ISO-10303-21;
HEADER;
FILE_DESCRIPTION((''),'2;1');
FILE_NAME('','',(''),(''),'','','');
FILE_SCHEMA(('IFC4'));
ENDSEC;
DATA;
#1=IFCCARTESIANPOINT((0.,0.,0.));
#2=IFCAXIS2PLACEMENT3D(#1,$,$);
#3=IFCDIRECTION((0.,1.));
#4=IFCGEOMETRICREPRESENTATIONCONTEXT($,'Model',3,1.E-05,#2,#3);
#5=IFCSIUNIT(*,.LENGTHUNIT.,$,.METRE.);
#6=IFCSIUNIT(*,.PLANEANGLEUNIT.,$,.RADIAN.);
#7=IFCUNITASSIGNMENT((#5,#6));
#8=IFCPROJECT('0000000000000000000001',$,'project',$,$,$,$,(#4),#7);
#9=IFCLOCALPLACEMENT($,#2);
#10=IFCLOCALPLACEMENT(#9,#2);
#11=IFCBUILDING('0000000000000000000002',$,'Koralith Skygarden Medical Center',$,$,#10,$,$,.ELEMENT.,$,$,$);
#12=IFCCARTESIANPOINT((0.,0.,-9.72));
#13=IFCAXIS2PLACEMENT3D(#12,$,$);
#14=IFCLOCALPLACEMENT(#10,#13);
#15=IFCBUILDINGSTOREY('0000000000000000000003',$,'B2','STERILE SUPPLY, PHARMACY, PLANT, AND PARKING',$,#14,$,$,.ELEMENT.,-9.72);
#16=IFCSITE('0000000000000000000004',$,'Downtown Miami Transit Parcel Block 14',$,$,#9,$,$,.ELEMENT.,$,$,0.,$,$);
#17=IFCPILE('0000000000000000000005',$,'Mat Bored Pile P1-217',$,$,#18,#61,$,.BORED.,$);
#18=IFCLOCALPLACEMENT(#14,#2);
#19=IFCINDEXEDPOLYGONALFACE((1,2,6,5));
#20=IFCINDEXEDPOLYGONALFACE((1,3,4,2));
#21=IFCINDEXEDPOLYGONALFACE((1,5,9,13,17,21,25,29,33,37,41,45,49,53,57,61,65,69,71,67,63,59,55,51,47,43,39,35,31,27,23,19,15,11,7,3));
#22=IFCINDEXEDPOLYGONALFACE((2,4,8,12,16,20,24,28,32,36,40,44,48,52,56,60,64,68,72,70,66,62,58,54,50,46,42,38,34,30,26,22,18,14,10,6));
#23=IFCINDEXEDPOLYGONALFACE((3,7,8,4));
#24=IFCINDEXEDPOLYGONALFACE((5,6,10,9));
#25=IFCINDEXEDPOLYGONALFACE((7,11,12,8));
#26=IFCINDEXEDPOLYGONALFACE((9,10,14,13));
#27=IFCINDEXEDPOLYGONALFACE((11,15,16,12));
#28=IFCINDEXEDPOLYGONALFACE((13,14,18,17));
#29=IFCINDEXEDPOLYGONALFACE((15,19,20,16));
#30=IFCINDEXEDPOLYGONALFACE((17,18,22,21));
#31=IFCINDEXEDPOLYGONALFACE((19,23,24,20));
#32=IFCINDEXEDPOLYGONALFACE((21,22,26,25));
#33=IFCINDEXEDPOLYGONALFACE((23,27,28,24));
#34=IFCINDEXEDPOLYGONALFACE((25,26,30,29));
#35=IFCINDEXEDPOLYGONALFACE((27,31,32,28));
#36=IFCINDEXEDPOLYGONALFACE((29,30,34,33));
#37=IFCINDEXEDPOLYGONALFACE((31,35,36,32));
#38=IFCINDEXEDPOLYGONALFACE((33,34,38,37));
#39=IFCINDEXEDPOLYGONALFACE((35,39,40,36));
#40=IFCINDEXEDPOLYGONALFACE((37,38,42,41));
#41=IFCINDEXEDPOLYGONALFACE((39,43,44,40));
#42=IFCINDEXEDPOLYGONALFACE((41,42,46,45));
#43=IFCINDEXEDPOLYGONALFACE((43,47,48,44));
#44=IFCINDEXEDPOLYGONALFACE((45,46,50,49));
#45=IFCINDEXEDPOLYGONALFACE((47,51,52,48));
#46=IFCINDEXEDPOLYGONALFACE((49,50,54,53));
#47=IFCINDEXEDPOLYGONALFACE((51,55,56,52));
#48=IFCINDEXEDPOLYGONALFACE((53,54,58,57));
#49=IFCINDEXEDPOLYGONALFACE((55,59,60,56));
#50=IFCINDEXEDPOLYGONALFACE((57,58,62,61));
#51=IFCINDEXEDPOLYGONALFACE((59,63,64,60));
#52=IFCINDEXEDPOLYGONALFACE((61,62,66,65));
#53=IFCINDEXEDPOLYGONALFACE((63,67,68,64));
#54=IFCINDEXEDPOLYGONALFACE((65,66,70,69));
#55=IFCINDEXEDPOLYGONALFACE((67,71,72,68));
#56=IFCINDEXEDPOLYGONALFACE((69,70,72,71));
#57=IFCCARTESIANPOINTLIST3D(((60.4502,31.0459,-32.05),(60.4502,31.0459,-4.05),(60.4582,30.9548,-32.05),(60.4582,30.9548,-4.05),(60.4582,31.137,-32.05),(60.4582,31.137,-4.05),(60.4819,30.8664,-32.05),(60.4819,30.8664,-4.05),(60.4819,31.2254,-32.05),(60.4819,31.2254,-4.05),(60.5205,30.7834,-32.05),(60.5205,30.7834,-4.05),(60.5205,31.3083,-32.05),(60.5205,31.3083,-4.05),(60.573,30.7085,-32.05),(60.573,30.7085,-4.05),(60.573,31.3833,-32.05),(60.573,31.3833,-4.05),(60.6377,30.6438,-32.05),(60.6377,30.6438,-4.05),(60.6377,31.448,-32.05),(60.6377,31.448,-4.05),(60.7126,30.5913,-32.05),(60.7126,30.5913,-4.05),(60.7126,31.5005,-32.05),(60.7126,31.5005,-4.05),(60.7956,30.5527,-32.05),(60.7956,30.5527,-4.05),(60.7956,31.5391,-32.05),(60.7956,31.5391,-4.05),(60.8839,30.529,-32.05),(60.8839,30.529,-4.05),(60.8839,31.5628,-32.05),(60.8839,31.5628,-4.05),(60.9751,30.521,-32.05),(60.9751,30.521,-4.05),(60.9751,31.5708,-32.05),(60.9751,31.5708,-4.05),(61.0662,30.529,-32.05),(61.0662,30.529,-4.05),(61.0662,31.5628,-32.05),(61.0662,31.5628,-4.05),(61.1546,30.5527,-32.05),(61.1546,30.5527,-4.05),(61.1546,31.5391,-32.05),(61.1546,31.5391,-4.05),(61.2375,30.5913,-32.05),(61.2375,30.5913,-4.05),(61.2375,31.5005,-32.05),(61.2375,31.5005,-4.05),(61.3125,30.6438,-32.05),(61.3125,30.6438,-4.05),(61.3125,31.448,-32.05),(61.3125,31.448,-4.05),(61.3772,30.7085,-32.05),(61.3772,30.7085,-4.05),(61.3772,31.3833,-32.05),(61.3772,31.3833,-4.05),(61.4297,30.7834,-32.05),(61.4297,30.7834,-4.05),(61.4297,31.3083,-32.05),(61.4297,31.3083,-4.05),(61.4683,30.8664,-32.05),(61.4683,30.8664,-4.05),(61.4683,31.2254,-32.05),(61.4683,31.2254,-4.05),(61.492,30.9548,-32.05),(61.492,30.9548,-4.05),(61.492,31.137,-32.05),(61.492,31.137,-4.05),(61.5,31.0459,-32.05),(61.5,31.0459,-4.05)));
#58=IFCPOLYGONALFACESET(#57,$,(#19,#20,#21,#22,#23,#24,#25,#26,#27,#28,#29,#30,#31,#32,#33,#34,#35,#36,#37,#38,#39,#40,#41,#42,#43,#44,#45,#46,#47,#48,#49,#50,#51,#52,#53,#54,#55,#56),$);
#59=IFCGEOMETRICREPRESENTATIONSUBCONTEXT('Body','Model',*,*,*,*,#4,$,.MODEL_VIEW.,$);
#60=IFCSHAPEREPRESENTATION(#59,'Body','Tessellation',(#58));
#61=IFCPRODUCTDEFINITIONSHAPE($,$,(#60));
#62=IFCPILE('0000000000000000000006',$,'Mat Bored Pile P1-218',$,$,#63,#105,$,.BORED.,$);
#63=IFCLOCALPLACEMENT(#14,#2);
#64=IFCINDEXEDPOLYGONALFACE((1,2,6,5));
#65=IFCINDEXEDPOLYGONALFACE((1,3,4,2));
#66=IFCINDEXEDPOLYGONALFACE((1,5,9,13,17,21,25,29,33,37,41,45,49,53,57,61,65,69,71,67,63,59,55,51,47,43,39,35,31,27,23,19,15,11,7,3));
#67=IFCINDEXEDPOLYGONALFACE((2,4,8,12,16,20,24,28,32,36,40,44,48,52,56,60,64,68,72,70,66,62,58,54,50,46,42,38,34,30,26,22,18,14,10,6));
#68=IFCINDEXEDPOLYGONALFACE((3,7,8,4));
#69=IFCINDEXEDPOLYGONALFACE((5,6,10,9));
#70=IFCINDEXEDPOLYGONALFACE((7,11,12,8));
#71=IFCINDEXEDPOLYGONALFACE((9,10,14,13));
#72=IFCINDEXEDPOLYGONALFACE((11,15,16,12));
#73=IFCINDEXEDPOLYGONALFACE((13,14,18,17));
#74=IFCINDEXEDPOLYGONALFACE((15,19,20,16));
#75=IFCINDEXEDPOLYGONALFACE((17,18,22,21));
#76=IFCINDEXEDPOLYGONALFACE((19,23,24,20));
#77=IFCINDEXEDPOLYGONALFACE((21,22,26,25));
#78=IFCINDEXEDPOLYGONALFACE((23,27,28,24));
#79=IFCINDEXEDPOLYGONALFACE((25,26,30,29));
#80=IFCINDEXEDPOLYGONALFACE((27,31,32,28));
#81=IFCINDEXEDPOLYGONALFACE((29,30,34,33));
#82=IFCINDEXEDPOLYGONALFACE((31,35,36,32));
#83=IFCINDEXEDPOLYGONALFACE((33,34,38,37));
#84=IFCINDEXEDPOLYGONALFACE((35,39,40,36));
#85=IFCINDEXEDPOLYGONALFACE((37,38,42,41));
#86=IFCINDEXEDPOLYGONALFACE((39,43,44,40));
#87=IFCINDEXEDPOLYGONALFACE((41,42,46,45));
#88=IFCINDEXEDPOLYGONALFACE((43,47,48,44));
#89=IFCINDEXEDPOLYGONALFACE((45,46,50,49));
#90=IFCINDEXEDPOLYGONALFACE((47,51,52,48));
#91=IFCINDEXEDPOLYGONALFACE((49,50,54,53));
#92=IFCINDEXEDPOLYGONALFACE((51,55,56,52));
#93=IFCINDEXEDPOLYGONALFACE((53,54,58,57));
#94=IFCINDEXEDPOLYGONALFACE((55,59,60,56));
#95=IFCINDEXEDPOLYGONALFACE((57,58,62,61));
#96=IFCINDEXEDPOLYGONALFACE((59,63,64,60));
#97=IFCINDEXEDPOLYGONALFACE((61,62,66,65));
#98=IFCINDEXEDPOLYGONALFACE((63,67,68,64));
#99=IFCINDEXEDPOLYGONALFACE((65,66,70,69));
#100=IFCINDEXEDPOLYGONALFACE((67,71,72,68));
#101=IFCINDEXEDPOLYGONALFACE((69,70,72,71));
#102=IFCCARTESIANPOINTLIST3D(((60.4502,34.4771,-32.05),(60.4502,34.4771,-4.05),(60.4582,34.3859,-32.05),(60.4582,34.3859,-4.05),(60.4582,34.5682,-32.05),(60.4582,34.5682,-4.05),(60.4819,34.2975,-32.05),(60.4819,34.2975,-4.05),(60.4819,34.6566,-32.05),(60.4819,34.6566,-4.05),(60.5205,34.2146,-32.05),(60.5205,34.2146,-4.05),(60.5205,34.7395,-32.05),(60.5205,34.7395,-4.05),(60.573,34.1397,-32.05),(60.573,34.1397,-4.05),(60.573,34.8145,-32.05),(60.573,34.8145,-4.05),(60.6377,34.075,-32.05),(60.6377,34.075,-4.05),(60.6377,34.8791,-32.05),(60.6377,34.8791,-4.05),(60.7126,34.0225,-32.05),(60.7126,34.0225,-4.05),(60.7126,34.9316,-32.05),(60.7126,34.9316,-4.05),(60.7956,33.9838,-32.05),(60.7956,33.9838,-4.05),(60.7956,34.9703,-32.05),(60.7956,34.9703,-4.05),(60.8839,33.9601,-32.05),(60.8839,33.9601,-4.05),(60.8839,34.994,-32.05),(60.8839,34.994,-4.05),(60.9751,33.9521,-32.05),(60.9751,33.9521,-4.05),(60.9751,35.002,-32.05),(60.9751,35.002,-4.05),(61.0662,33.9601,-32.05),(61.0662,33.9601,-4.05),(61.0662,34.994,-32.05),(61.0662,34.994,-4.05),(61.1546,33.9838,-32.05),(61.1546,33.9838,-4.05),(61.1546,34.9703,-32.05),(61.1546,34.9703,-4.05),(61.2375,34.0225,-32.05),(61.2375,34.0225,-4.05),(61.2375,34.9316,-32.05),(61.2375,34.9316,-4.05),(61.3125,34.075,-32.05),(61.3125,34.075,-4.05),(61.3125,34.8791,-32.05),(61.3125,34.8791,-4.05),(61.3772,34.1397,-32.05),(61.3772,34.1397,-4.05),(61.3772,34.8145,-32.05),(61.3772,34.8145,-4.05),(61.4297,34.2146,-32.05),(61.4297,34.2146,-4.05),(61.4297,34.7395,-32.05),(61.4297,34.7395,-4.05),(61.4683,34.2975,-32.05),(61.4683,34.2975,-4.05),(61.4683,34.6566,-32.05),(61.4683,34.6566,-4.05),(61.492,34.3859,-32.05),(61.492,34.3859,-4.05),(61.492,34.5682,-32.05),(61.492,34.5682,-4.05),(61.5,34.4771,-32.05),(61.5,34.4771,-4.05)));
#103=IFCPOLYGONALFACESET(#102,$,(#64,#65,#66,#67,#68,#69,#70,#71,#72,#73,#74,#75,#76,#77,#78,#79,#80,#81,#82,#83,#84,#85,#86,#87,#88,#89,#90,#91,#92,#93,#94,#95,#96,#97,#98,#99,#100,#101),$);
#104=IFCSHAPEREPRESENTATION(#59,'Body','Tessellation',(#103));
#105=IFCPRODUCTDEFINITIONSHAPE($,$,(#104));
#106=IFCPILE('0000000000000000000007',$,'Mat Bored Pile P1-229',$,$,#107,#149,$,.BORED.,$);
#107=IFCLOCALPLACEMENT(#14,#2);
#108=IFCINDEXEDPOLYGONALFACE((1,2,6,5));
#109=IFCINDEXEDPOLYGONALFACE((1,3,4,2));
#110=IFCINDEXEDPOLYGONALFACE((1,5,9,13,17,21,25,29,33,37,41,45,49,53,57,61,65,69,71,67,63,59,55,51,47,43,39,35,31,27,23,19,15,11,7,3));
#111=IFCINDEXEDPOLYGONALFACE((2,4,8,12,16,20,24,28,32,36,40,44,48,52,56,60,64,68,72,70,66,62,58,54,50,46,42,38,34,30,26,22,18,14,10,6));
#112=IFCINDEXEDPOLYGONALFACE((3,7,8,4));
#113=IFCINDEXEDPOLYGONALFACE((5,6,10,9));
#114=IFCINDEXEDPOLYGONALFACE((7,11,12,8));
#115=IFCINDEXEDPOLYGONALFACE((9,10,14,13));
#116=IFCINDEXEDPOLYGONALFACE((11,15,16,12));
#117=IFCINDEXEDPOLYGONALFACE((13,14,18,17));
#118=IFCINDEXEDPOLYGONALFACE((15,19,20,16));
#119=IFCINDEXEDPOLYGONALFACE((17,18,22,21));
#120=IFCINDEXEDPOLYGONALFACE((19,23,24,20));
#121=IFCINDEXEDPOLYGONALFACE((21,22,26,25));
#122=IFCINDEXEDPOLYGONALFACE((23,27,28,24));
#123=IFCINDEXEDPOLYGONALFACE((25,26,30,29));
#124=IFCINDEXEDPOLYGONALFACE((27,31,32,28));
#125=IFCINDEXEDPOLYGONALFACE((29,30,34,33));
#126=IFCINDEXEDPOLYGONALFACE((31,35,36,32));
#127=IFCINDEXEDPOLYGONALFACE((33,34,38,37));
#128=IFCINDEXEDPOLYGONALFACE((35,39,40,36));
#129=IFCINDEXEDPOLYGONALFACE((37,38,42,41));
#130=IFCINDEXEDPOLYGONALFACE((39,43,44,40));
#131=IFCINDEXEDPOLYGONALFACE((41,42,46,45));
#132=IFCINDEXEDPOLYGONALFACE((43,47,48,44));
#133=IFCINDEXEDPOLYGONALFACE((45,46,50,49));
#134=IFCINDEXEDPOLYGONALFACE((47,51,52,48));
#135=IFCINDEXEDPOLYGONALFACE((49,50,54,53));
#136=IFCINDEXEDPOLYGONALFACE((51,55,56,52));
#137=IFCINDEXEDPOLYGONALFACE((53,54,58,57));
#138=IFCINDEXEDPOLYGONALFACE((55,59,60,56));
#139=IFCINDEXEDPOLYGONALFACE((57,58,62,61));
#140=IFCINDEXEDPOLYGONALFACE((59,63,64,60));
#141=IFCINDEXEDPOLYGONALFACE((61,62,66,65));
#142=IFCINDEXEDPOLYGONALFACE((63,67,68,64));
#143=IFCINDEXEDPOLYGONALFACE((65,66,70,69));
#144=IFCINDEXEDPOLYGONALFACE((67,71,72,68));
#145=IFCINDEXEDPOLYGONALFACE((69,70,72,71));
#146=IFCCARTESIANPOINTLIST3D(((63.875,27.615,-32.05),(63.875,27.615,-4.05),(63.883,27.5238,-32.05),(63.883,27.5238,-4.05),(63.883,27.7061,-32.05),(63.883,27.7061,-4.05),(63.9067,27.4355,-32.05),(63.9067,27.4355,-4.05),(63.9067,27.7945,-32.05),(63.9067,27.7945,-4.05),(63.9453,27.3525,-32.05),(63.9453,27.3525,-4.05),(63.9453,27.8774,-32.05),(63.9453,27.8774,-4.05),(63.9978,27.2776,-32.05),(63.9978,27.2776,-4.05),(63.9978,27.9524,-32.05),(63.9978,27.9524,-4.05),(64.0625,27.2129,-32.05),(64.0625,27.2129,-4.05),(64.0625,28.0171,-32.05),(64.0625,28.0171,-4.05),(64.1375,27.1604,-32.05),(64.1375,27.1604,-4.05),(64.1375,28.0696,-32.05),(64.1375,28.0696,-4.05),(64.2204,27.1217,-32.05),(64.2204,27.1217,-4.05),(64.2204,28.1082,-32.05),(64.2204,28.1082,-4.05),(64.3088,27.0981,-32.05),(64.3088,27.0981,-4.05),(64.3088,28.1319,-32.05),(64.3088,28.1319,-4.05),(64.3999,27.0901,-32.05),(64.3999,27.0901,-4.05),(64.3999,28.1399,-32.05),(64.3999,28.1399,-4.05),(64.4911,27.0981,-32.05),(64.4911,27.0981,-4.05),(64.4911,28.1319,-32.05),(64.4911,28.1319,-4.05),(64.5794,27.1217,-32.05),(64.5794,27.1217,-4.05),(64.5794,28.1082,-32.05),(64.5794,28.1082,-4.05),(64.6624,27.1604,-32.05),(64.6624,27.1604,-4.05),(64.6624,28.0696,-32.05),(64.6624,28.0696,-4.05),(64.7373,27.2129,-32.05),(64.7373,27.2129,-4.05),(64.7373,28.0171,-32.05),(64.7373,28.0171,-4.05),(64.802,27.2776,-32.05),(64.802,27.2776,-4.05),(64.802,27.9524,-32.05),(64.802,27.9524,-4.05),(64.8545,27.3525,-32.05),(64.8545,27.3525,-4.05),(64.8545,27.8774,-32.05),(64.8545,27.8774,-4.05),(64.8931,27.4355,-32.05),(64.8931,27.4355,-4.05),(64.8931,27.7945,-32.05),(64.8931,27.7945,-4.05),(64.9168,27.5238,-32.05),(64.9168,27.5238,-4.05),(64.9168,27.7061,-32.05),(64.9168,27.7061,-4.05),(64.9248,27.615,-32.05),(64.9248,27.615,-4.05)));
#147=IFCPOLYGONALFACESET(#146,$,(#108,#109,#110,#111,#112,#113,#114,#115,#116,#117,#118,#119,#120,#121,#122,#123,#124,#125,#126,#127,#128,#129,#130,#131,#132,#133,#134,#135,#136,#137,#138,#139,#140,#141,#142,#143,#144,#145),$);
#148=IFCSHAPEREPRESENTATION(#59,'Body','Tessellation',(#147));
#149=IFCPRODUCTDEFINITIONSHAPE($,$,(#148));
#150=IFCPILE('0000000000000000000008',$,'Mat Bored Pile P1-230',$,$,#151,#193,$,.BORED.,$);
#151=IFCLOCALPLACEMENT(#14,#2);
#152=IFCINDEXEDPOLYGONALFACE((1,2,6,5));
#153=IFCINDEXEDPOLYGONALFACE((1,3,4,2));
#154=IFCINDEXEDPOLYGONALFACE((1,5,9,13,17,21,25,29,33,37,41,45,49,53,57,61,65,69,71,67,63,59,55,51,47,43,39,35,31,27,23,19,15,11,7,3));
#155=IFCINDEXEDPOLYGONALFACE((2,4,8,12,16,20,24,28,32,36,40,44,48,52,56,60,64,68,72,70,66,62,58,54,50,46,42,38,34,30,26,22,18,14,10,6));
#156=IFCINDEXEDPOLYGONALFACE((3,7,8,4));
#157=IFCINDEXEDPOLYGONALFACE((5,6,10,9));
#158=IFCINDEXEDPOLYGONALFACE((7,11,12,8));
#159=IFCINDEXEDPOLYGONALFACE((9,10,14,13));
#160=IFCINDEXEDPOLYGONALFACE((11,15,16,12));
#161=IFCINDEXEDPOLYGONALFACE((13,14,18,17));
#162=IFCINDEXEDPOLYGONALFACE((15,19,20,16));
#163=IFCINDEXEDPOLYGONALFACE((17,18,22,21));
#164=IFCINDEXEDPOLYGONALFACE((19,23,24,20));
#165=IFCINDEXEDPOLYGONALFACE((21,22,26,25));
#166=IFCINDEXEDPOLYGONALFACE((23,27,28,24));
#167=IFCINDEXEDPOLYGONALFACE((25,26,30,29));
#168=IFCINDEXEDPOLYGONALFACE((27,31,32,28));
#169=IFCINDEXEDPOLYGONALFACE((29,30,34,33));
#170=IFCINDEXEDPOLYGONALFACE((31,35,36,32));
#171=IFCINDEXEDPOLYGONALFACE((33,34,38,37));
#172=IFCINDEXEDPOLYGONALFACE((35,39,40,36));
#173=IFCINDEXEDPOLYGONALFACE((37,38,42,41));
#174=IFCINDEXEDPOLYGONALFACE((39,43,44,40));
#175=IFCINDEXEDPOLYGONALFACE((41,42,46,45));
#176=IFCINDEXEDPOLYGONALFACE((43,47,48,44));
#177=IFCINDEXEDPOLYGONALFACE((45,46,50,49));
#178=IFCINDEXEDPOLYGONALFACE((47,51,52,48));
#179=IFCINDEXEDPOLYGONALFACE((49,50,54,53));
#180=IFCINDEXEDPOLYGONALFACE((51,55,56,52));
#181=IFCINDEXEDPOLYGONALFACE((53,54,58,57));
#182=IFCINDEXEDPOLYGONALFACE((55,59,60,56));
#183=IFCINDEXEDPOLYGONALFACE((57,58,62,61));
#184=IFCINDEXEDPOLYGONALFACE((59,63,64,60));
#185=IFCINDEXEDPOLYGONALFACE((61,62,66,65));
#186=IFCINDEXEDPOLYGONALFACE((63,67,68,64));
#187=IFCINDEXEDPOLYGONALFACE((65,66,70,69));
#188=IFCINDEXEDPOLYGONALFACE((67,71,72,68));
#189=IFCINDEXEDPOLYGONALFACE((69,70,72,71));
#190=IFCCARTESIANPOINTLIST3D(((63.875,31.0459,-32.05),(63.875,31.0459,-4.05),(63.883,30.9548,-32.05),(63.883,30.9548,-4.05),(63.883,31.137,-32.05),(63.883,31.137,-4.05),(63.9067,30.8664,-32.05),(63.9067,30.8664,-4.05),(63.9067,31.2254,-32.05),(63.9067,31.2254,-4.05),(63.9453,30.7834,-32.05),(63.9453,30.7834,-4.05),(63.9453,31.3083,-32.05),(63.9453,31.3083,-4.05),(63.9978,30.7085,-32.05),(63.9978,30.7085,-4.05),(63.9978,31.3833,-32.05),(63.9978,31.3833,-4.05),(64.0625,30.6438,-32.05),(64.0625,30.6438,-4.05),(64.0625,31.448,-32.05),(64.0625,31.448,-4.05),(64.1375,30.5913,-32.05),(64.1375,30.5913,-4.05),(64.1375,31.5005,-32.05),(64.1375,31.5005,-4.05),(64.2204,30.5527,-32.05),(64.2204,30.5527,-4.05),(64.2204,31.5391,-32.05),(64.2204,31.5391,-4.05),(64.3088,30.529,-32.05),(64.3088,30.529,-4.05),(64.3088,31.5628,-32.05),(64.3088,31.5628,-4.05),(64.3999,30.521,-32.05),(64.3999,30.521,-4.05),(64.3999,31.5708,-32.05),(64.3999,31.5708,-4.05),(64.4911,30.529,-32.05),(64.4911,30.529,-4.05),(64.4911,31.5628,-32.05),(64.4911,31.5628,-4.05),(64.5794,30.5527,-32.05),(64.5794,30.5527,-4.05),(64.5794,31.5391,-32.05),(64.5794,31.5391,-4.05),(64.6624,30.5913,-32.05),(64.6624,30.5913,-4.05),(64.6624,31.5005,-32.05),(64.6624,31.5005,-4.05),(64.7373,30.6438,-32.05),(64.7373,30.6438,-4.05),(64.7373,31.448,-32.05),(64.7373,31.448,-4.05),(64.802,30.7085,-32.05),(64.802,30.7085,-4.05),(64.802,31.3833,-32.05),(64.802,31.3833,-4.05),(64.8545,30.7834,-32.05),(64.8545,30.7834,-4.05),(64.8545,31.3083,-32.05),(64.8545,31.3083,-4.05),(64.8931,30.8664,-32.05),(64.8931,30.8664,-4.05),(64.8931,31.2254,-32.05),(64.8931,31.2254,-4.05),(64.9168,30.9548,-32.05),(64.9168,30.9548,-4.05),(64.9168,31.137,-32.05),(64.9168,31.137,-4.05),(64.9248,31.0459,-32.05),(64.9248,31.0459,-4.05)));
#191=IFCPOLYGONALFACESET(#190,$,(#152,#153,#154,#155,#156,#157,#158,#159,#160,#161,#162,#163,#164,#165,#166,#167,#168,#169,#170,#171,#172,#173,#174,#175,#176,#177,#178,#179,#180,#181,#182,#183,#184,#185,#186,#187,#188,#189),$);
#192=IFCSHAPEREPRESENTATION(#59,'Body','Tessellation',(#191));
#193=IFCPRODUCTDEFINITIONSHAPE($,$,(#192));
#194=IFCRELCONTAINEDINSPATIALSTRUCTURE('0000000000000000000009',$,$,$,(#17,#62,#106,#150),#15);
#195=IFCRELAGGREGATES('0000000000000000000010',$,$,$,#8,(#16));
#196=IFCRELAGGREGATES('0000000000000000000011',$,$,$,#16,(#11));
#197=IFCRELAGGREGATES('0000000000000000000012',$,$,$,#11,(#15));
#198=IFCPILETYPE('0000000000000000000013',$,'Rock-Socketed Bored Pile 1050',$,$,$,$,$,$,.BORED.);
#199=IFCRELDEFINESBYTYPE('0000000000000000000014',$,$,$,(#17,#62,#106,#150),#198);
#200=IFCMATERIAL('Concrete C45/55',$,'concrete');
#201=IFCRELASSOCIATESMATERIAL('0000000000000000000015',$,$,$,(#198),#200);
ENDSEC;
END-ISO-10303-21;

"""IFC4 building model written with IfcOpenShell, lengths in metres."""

from ifc_helpers import new_model, si_unit, direction, frame, origin, origin_2d, place, context, subcontext, project, spatial, circle, extrude, material, material_profile, profile_set, type_object, element, save


model = new_model("IFC4")

# Units and contexts
model_context = context("Model", 3, precision=1e-05, world=origin(), true_north=direction((0.0, 1.0)))
body_context = subcontext(model_context, "Body", "Model", "MODEL_VIEW")
ifc_project = project(units=[si_unit("LENGTHUNIT", "METRE"), si_unit("PLANEANGLEUNIT", "RADIAN")], contexts=[model_context])

# Site, building, storey
site_placement = place(None, origin())
site = spatial("IfcSite", under=ifc_project, at=site_placement, Name="Downtown Miami Transit Parcel Block 14", CompositionType="ELEMENT", RefElevation=0.0)
building_placement = place(site_placement, origin())
building = spatial("IfcBuilding", under=site, at=building_placement, Name="Koralith Skygarden Medical Center", CompositionType="ELEMENT")
storey_placement = place(building_placement, frame((0.0, 0.0, -9.72)))
storey = spatial("IfcBuildingStorey", under=building, at=storey_placement, Name="B2", Description="STERILE SUPPLY, PHARMACY, PLANT, AND PARKING", CompositionType="ELEMENT", Elevation=-9.72)

# Piles
ifc_material_1 = material(Name="Concrete C45/55", Category="concrete")
ifc_material_profile_1 = material_profile(ifc_material_1, circle(Radius=0.5249, at=origin_2d()), Name="PILE1050")
ifc_profile_set_1 = profile_set([ifc_material_profile_1], Name="Concrete C45/55")
pile_type = type_object("IfcPileType", Name="Rock-Socketed Bored Pile 1050", PredefinedType="BORED", material=ifc_profile_set_1)
for number, where, z_axis, x_axis, name in (
    (1, (60.9751, 31.0459, -4.05), (0.0, 0.0, -1.0), (1.0, 0.0, 0.0), "Mat Bored Pile P1-217"),
    (2, (60.9751, 34.4771, -4.05), (0.0, 0.0, -1.0), (1.0, 0.0, 0.0), "Mat Bored Pile P1-218"),
    (3, (64.3999, 27.615, -4.05), (0.0, 0.0, -1.0), (1.0, 0.0, 0.0), "Mat Bored Pile P1-229"),
    (4, (64.3999, 31.0459, -4.05), (0.0, 0.0, -1.0), (1.0, 0.0, 0.0), "Mat Bored Pile P1-230"),
):
    element("IfcPile", number, at=place(storey_placement, frame(where, z_axis=z_axis, x_axis=x_axis)), inside=storey, type_object=pile_type, Name=name, PredefinedType="BORED", context=body_context, shape_type="SweptSolid", body=[
        extrude(circle(Radius=0.5249, at=origin_2d()), origin(), (0.0, 0.0, 1.0), 28.0),
    ])

save(model, "model.ifc")
